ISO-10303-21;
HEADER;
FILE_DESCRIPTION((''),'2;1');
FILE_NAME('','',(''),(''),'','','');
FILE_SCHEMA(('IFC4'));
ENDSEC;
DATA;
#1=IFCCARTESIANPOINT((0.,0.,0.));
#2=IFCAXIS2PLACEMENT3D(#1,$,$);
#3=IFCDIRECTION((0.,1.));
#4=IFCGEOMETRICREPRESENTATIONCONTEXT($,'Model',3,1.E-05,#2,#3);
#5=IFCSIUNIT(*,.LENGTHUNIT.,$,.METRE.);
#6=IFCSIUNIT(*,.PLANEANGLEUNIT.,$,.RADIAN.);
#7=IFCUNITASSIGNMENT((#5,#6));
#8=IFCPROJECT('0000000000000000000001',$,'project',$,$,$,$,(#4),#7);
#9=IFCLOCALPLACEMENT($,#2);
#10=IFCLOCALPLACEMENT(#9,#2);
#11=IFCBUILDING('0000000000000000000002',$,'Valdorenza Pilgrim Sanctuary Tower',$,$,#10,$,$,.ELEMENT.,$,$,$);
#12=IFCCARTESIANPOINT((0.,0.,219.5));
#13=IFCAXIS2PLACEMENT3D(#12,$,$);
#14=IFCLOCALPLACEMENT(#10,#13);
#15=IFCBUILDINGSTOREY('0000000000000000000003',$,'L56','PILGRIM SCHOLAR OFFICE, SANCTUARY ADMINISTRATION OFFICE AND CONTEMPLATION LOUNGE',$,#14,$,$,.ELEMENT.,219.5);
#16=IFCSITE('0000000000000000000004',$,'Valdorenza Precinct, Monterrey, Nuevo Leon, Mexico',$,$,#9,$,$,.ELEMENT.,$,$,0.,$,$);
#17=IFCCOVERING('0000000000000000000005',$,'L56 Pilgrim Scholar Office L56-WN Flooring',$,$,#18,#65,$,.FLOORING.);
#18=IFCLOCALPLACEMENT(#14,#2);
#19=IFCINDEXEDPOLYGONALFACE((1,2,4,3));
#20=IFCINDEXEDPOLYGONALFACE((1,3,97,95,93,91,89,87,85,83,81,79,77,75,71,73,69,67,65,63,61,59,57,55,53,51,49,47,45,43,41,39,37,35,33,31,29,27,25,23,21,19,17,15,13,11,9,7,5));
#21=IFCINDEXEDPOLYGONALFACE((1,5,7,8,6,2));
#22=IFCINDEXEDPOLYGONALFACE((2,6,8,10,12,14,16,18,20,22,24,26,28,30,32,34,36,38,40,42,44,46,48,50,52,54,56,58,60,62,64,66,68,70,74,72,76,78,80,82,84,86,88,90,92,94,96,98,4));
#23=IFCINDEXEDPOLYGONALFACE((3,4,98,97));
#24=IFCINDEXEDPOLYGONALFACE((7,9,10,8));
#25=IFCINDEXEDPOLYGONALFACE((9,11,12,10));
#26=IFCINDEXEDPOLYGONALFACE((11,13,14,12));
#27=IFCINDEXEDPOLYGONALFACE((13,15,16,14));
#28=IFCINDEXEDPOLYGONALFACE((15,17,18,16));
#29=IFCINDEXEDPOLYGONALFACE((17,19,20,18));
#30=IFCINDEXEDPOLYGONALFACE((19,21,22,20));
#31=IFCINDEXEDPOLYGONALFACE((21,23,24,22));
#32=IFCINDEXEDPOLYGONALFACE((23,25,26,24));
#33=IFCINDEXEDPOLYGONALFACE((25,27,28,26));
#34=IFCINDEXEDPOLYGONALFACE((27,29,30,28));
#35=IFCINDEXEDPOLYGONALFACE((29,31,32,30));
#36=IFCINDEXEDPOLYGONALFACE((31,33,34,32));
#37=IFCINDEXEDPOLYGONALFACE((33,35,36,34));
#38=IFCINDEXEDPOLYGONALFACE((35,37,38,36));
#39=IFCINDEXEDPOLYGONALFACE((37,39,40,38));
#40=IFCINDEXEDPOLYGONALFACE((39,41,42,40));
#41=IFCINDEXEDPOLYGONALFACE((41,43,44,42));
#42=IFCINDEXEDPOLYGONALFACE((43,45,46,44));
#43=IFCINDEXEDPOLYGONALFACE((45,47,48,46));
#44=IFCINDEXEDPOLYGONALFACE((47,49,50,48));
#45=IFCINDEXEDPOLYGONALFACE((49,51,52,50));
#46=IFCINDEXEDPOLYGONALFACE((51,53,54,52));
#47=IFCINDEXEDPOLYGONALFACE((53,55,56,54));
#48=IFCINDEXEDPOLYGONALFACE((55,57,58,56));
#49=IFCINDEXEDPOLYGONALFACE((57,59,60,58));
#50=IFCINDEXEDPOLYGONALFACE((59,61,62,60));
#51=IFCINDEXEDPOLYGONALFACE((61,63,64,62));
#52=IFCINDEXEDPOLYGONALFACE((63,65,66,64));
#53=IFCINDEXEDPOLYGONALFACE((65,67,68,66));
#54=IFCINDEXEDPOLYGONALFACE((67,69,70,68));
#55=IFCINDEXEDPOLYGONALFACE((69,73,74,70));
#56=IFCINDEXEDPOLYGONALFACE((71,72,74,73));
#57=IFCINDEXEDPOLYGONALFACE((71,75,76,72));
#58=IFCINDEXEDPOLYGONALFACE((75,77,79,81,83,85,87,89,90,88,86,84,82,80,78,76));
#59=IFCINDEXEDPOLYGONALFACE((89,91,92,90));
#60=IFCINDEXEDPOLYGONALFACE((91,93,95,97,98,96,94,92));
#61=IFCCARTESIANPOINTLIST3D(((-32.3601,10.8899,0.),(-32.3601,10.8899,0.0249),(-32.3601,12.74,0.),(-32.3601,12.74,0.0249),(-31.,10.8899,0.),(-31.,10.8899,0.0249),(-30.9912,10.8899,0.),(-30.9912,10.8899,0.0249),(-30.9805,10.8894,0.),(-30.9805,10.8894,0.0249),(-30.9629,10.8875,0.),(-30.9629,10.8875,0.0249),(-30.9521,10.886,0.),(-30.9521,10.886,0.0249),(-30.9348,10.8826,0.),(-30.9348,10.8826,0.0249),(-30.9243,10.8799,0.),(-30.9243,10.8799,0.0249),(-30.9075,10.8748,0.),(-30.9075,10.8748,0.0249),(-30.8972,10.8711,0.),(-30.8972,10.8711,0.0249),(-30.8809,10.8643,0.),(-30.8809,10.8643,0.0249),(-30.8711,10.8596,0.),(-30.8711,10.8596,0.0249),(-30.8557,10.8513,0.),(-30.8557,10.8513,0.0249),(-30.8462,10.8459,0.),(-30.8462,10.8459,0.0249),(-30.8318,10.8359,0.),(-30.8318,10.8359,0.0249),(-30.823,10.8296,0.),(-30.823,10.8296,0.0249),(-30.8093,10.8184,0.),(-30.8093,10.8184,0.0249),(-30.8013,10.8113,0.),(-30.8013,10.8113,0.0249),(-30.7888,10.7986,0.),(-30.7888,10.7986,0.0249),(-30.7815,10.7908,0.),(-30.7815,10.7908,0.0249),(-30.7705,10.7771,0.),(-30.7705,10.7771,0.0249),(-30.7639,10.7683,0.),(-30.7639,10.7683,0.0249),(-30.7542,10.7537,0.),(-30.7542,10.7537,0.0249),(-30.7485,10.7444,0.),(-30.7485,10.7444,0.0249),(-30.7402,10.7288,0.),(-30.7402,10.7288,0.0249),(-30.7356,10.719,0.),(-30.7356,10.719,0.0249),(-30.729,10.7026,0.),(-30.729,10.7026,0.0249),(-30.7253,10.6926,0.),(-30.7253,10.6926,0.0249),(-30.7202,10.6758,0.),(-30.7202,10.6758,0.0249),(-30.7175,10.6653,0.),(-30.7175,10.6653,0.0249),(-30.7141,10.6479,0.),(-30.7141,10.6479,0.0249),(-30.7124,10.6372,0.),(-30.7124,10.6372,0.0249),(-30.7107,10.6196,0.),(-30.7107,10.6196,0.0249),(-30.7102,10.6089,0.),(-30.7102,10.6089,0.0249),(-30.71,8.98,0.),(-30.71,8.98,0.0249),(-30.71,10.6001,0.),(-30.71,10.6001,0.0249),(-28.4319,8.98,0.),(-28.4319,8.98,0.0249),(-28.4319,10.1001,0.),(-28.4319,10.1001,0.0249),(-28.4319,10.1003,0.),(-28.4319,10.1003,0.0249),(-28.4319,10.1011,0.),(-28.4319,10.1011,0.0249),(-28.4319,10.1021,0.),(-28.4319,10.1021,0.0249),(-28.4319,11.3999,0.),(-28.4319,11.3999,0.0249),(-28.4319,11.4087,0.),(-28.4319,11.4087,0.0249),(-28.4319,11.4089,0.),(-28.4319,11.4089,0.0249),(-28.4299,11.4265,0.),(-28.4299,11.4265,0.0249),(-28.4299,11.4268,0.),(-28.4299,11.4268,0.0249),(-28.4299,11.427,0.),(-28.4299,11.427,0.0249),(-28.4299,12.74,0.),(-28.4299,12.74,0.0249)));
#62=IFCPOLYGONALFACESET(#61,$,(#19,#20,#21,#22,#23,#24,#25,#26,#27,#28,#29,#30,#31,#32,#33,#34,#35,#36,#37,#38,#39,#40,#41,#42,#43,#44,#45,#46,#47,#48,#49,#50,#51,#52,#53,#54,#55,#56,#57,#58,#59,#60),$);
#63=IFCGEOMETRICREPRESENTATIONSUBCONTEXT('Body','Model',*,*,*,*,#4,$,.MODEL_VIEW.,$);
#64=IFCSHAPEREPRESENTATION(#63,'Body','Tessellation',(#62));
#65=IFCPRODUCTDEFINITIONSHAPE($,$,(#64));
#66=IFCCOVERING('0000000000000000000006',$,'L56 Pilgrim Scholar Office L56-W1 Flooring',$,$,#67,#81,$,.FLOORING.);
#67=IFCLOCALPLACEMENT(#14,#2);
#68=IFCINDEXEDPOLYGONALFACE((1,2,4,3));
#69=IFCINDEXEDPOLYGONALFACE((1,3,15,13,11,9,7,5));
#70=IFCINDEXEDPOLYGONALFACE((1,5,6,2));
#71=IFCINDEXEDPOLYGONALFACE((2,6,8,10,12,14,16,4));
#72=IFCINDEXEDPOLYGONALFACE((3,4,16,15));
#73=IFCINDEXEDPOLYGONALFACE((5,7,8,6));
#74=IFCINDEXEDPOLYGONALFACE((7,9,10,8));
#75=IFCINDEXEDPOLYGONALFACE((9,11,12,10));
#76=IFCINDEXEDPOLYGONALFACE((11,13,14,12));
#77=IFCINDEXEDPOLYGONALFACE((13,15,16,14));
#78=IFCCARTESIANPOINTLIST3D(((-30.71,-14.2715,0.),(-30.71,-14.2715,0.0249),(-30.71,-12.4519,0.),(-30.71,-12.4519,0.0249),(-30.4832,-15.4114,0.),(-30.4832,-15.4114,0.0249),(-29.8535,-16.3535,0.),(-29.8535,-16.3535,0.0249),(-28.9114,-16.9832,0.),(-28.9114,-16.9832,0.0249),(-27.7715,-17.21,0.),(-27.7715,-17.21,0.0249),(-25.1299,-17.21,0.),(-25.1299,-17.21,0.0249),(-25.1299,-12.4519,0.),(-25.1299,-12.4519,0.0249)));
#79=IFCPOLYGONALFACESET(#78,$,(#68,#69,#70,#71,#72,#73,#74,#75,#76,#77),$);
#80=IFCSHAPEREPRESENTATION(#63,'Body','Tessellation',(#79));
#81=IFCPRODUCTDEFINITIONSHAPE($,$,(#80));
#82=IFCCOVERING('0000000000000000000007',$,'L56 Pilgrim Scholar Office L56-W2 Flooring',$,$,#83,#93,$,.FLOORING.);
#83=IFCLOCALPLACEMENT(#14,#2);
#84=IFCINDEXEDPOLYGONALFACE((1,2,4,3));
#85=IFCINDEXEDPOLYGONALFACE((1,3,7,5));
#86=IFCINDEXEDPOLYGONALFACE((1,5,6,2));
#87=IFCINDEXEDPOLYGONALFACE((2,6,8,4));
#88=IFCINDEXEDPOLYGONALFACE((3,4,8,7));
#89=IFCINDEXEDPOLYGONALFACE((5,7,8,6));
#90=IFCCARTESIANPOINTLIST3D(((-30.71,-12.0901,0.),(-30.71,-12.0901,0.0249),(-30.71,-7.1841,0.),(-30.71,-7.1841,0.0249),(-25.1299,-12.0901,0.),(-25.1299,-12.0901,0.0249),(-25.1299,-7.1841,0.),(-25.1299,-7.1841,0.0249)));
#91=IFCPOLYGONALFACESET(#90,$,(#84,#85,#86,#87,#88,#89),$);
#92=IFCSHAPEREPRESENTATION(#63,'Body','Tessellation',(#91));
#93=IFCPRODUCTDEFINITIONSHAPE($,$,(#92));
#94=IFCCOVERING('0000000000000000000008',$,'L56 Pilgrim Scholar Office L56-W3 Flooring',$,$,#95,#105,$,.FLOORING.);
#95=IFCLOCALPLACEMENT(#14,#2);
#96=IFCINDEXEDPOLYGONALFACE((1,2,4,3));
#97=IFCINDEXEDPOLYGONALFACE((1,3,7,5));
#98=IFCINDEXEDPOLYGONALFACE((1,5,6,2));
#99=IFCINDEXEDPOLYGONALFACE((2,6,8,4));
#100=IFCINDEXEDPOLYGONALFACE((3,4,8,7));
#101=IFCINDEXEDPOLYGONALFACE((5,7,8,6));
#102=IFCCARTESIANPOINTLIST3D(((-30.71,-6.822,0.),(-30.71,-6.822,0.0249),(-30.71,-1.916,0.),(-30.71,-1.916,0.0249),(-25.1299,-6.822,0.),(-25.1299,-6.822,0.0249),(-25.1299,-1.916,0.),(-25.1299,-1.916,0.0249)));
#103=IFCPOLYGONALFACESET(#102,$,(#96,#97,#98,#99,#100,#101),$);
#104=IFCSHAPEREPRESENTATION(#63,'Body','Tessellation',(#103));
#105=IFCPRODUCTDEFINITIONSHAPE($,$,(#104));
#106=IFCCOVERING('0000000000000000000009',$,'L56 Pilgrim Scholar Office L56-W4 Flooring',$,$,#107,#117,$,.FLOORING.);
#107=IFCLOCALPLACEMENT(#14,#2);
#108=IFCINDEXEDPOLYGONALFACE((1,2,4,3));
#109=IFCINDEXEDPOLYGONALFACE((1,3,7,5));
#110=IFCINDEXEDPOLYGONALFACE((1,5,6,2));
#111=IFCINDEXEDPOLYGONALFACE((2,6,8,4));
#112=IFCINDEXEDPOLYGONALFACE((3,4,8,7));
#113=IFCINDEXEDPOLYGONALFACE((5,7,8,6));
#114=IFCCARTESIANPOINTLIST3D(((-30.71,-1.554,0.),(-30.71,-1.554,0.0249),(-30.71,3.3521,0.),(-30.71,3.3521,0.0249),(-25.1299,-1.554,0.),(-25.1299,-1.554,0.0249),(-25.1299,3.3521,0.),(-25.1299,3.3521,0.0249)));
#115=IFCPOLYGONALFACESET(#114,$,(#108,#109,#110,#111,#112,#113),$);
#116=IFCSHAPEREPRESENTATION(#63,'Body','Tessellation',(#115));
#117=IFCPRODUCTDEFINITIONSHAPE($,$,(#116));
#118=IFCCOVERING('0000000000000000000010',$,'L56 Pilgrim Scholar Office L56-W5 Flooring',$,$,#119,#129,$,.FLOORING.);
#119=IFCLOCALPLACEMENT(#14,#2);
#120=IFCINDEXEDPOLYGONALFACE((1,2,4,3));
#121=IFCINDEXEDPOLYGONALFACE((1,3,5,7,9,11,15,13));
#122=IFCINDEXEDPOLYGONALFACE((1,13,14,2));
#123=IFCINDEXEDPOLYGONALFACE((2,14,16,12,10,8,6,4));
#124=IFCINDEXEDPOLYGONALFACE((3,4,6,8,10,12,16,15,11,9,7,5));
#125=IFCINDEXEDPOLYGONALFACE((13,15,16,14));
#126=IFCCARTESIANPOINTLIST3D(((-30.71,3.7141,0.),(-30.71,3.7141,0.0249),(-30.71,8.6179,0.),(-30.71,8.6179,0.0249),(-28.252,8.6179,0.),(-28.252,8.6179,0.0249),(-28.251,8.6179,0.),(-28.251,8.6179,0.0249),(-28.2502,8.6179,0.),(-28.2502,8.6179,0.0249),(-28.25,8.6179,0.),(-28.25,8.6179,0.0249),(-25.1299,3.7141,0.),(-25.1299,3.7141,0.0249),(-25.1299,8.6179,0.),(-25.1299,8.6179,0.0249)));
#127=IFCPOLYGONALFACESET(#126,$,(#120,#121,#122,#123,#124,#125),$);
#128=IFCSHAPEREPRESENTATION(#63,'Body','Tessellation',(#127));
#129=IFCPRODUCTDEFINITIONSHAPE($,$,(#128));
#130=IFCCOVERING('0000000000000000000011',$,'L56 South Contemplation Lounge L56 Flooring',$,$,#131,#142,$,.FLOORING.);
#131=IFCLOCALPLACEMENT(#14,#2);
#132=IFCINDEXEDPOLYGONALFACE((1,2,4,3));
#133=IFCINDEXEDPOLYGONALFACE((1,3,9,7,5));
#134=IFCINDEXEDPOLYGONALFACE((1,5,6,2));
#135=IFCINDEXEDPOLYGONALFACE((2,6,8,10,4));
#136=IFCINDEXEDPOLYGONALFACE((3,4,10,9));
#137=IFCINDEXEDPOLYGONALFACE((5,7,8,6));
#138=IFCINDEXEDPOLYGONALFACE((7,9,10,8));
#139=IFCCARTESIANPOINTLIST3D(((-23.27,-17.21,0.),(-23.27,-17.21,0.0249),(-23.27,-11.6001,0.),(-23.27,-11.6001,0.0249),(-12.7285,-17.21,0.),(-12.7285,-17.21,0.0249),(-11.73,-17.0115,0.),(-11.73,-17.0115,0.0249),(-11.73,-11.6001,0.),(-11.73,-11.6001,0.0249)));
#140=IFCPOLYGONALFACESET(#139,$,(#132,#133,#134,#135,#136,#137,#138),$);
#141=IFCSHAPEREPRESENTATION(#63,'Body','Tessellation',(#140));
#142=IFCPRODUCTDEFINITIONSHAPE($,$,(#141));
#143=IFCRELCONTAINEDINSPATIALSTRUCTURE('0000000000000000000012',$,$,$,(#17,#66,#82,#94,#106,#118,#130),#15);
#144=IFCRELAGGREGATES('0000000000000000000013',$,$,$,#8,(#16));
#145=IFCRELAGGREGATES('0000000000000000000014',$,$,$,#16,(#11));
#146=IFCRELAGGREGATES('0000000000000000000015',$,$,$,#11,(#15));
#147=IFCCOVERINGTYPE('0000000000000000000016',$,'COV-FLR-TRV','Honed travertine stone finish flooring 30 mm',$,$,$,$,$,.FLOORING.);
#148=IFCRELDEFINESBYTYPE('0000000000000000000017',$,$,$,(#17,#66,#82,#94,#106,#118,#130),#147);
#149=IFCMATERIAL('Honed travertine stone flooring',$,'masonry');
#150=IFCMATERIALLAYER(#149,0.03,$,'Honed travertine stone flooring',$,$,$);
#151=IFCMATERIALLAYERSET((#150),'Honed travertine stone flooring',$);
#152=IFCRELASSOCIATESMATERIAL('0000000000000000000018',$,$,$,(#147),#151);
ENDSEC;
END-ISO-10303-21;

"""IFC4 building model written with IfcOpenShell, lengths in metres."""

from ifc_helpers import new_model, si_unit, direction, frame, origin, place, context, subcontext, project, spatial, polyline, outline, extrude, material, layer, layer_set, type_object, element, save


model = new_model("IFC4")

# Units and contexts
model_context = context("Model", 3, precision=1e-05, world=origin(), true_north=direction((0.0, 1.0)))
body_context = subcontext(model_context, "Body", "Model", "MODEL_VIEW")
ifc_project = project(units=[si_unit("LENGTHUNIT", "METRE"), si_unit("PLANEANGLEUNIT", "RADIAN")], contexts=[model_context])

# Site, building, storey
site_placement = place(None, origin())
site = spatial("IfcSite", under=ifc_project, at=site_placement, Name="Valdorenza Precinct, Monterrey, Nuevo Leon, Mexico", CompositionType="ELEMENT", RefElevation=0.0)
building_placement = place(site_placement, origin())
building = spatial("IfcBuilding", under=site, at=building_placement, Name="Valdorenza Pilgrim Sanctuary Tower", CompositionType="ELEMENT")
storey_placement = place(building_placement, frame((0.0, 0.0, 219.5)))
storey = spatial("IfcBuildingStorey", under=building, at=storey_placement, Name="L56", Description="PILGRIM SCHOLAR OFFICE, SANCTUARY ADMINISTRATION OFFICE AND CONTEMPLATION LOUNGE", CompositionType="ELEMENT", Elevation=219.5)

# Coverings
ifc_material_1 = material(Name="Honed travertine stone flooring", Category="masonry")
ifc_layer_1 = layer(ifc_material_1, 0.03, Name="Honed travertine stone flooring")
ifc_layer_set_1 = layer_set([ifc_layer_1], Name="Honed travertine stone flooring")
covering_type_1 = type_object("IfcCoveringType", Name="COV-FLR-TRV", Description="Honed travertine stone finish flooring 30 mm", PredefinedType="FLOORING", material=ifc_layer_set_1)
covering_1_placement = place(storey_placement, origin())
element("IfcCovering", 1, at=covering_1_placement, inside=storey, type_object=covering_type_1, Name="L56 Pilgrim Scholar Office L56-WN Flooring", PredefinedType="FLOORING", context=body_context, shape_type="SweptSolid", body=[
    extrude(outline(polyline([(-28.4319, 10.1003), (-28.4319, 10.1001), (-28.4319, 8.98), (-30.71, 8.98), (-30.71, 10.6001), (-30.7102, 10.6089), (-30.7107, 10.6196), (-30.7124, 10.6372), (-30.7141, 10.6479), (-30.7175, 10.6653), (-30.7202, 10.6758), (-30.7253, 10.6926), (-30.729, 10.7026), (-30.7356, 10.719), (-30.7402, 10.7288), (-30.7485, 10.7444), (-30.7542, 10.7537), (-30.7639, 10.7683), (-30.7705, 10.7771), (-30.7815, 10.7908), (-30.7888, 10.7986), (-30.8013, 10.8113), (-30.8093, 10.8184), (-30.823, 10.8296), (-30.8318, 10.8359), (-30.8462, 10.8459), (-30.8557, 10.8513), (-30.8711, 10.8596), (-30.8809, 10.8643), (-30.8972, 10.8711), (-30.9075, 10.8748), (-30.9243, 10.8799), (-30.9348, 10.8826), (-30.9521, 10.886), (-30.9629, 10.8875), (-30.9805, 10.8894), (-30.9912, 10.8899), (-31.0, 10.8899), (-32.3601, 10.8899), (-32.3601, 12.74), (-28.4299, 12.74), (-28.4299, 11.427), (-28.4299, 11.4268), (-28.4299, 11.4265), (-28.4319, 11.4089), (-28.4319, 11.4087), (-28.4319, 11.3999), (-28.4319, 10.1021), (-28.4319, 10.1011), (-28.4319, 10.1003)])), origin(), (0.0, 0.0, 1.0), 0.0249),
])
covering_2_placement = place(storey_placement, origin())
element("IfcCovering", 2, at=covering_2_placement, inside=storey, type_object=covering_type_1, Name="L56 Pilgrim Scholar Office L56-W1 Flooring", PredefinedType="FLOORING", context=body_context, shape_type="SweptSolid", body=[
    extrude(outline(polyline([(-25.1299, -17.21), (-27.7715, -17.21), (-28.9114, -16.9832), (-29.8535, -16.3535), (-30.4832, -15.4114), (-30.71, -14.2715), (-30.71, -12.4519), (-25.1299, -12.4519), (-25.1299, -17.21)])), origin(), (0.0, 0.0, 1.0), 0.0249),
])
covering_3_placement = place(storey_placement, origin())
element("IfcCovering", 3, at=covering_3_placement, inside=storey, type_object=covering_type_1, Name="L56 Pilgrim Scholar Office L56-W2 Flooring", PredefinedType="FLOORING", context=body_context, shape_type="SweptSolid", body=[
    extrude(outline(polyline([(-25.1299, -12.0901), (-30.71, -12.0901), (-30.71, -7.1841), (-25.1299, -7.1841), (-25.1299, -12.0901)])), origin(), (0.0, 0.0, 1.0), 0.0249),
])
covering_4_placement = place(storey_placement, origin())
element("IfcCovering", 4, at=covering_4_placement, inside=storey, type_object=covering_type_1, Name="L56 Pilgrim Scholar Office L56-W3 Flooring", PredefinedType="FLOORING", context=body_context, shape_type="SweptSolid", body=[
    extrude(outline(polyline([(-25.1299, -6.822), (-30.71, -6.822), (-30.71, -1.916), (-25.1299, -1.916), (-25.1299, -6.822)])), origin(), (0.0, 0.0, 1.0), 0.0249),
])
covering_5_placement = place(storey_placement, origin())
element("IfcCovering", 5, at=covering_5_placement, inside=storey, type_object=covering_type_1, Name="L56 Pilgrim Scholar Office L56-W4 Flooring", PredefinedType="FLOORING", context=body_context, shape_type="SweptSolid", body=[
    extrude(outline(polyline([(-25.1299, -1.554), (-30.71, -1.554), (-30.71, 3.3521), (-25.1299, 3.3521), (-25.1299, -1.554)])), origin(), (0.0, 0.0, 1.0), 0.0249),
])
covering_6_placement = place(storey_placement, origin())
element("IfcCovering", 6, at=covering_6_placement, inside=storey, type_object=covering_type_1, Name="L56 Pilgrim Scholar Office L56-W5 Flooring", PredefinedType="FLOORING", context=body_context, shape_type="SweptSolid", body=[
    extrude(outline(polyline([(-28.2502, 8.6179), (-28.25, 8.6179), (-25.1299, 8.6179), (-25.1299, 3.7141), (-30.71, 3.7141), (-30.71, 8.6179), (-28.252, 8.6179), (-28.251, 8.6179), (-28.2502, 8.6179)])), origin(), (0.0, 0.0, 1.0), 0.0249),
])
covering_7_placement = place(storey_placement, origin())
element("IfcCovering", 7, at=covering_7_placement, inside=storey, type_object=covering_type_1, Name="L56 South Contemplation Lounge L56 Flooring", PredefinedType="FLOORING", context=body_context, shape_type="SweptSolid", body=[
    extrude(outline(polyline([(-11.73, -11.6001), (-11.73, -17.0115), (-12.7285, -17.21), (-23.27, -17.21), (-23.27, -11.6001), (-11.73, -11.6001)])), origin(), (0.0, 0.0, 1.0), 0.0249),
])

save(model, "model.ifc")
